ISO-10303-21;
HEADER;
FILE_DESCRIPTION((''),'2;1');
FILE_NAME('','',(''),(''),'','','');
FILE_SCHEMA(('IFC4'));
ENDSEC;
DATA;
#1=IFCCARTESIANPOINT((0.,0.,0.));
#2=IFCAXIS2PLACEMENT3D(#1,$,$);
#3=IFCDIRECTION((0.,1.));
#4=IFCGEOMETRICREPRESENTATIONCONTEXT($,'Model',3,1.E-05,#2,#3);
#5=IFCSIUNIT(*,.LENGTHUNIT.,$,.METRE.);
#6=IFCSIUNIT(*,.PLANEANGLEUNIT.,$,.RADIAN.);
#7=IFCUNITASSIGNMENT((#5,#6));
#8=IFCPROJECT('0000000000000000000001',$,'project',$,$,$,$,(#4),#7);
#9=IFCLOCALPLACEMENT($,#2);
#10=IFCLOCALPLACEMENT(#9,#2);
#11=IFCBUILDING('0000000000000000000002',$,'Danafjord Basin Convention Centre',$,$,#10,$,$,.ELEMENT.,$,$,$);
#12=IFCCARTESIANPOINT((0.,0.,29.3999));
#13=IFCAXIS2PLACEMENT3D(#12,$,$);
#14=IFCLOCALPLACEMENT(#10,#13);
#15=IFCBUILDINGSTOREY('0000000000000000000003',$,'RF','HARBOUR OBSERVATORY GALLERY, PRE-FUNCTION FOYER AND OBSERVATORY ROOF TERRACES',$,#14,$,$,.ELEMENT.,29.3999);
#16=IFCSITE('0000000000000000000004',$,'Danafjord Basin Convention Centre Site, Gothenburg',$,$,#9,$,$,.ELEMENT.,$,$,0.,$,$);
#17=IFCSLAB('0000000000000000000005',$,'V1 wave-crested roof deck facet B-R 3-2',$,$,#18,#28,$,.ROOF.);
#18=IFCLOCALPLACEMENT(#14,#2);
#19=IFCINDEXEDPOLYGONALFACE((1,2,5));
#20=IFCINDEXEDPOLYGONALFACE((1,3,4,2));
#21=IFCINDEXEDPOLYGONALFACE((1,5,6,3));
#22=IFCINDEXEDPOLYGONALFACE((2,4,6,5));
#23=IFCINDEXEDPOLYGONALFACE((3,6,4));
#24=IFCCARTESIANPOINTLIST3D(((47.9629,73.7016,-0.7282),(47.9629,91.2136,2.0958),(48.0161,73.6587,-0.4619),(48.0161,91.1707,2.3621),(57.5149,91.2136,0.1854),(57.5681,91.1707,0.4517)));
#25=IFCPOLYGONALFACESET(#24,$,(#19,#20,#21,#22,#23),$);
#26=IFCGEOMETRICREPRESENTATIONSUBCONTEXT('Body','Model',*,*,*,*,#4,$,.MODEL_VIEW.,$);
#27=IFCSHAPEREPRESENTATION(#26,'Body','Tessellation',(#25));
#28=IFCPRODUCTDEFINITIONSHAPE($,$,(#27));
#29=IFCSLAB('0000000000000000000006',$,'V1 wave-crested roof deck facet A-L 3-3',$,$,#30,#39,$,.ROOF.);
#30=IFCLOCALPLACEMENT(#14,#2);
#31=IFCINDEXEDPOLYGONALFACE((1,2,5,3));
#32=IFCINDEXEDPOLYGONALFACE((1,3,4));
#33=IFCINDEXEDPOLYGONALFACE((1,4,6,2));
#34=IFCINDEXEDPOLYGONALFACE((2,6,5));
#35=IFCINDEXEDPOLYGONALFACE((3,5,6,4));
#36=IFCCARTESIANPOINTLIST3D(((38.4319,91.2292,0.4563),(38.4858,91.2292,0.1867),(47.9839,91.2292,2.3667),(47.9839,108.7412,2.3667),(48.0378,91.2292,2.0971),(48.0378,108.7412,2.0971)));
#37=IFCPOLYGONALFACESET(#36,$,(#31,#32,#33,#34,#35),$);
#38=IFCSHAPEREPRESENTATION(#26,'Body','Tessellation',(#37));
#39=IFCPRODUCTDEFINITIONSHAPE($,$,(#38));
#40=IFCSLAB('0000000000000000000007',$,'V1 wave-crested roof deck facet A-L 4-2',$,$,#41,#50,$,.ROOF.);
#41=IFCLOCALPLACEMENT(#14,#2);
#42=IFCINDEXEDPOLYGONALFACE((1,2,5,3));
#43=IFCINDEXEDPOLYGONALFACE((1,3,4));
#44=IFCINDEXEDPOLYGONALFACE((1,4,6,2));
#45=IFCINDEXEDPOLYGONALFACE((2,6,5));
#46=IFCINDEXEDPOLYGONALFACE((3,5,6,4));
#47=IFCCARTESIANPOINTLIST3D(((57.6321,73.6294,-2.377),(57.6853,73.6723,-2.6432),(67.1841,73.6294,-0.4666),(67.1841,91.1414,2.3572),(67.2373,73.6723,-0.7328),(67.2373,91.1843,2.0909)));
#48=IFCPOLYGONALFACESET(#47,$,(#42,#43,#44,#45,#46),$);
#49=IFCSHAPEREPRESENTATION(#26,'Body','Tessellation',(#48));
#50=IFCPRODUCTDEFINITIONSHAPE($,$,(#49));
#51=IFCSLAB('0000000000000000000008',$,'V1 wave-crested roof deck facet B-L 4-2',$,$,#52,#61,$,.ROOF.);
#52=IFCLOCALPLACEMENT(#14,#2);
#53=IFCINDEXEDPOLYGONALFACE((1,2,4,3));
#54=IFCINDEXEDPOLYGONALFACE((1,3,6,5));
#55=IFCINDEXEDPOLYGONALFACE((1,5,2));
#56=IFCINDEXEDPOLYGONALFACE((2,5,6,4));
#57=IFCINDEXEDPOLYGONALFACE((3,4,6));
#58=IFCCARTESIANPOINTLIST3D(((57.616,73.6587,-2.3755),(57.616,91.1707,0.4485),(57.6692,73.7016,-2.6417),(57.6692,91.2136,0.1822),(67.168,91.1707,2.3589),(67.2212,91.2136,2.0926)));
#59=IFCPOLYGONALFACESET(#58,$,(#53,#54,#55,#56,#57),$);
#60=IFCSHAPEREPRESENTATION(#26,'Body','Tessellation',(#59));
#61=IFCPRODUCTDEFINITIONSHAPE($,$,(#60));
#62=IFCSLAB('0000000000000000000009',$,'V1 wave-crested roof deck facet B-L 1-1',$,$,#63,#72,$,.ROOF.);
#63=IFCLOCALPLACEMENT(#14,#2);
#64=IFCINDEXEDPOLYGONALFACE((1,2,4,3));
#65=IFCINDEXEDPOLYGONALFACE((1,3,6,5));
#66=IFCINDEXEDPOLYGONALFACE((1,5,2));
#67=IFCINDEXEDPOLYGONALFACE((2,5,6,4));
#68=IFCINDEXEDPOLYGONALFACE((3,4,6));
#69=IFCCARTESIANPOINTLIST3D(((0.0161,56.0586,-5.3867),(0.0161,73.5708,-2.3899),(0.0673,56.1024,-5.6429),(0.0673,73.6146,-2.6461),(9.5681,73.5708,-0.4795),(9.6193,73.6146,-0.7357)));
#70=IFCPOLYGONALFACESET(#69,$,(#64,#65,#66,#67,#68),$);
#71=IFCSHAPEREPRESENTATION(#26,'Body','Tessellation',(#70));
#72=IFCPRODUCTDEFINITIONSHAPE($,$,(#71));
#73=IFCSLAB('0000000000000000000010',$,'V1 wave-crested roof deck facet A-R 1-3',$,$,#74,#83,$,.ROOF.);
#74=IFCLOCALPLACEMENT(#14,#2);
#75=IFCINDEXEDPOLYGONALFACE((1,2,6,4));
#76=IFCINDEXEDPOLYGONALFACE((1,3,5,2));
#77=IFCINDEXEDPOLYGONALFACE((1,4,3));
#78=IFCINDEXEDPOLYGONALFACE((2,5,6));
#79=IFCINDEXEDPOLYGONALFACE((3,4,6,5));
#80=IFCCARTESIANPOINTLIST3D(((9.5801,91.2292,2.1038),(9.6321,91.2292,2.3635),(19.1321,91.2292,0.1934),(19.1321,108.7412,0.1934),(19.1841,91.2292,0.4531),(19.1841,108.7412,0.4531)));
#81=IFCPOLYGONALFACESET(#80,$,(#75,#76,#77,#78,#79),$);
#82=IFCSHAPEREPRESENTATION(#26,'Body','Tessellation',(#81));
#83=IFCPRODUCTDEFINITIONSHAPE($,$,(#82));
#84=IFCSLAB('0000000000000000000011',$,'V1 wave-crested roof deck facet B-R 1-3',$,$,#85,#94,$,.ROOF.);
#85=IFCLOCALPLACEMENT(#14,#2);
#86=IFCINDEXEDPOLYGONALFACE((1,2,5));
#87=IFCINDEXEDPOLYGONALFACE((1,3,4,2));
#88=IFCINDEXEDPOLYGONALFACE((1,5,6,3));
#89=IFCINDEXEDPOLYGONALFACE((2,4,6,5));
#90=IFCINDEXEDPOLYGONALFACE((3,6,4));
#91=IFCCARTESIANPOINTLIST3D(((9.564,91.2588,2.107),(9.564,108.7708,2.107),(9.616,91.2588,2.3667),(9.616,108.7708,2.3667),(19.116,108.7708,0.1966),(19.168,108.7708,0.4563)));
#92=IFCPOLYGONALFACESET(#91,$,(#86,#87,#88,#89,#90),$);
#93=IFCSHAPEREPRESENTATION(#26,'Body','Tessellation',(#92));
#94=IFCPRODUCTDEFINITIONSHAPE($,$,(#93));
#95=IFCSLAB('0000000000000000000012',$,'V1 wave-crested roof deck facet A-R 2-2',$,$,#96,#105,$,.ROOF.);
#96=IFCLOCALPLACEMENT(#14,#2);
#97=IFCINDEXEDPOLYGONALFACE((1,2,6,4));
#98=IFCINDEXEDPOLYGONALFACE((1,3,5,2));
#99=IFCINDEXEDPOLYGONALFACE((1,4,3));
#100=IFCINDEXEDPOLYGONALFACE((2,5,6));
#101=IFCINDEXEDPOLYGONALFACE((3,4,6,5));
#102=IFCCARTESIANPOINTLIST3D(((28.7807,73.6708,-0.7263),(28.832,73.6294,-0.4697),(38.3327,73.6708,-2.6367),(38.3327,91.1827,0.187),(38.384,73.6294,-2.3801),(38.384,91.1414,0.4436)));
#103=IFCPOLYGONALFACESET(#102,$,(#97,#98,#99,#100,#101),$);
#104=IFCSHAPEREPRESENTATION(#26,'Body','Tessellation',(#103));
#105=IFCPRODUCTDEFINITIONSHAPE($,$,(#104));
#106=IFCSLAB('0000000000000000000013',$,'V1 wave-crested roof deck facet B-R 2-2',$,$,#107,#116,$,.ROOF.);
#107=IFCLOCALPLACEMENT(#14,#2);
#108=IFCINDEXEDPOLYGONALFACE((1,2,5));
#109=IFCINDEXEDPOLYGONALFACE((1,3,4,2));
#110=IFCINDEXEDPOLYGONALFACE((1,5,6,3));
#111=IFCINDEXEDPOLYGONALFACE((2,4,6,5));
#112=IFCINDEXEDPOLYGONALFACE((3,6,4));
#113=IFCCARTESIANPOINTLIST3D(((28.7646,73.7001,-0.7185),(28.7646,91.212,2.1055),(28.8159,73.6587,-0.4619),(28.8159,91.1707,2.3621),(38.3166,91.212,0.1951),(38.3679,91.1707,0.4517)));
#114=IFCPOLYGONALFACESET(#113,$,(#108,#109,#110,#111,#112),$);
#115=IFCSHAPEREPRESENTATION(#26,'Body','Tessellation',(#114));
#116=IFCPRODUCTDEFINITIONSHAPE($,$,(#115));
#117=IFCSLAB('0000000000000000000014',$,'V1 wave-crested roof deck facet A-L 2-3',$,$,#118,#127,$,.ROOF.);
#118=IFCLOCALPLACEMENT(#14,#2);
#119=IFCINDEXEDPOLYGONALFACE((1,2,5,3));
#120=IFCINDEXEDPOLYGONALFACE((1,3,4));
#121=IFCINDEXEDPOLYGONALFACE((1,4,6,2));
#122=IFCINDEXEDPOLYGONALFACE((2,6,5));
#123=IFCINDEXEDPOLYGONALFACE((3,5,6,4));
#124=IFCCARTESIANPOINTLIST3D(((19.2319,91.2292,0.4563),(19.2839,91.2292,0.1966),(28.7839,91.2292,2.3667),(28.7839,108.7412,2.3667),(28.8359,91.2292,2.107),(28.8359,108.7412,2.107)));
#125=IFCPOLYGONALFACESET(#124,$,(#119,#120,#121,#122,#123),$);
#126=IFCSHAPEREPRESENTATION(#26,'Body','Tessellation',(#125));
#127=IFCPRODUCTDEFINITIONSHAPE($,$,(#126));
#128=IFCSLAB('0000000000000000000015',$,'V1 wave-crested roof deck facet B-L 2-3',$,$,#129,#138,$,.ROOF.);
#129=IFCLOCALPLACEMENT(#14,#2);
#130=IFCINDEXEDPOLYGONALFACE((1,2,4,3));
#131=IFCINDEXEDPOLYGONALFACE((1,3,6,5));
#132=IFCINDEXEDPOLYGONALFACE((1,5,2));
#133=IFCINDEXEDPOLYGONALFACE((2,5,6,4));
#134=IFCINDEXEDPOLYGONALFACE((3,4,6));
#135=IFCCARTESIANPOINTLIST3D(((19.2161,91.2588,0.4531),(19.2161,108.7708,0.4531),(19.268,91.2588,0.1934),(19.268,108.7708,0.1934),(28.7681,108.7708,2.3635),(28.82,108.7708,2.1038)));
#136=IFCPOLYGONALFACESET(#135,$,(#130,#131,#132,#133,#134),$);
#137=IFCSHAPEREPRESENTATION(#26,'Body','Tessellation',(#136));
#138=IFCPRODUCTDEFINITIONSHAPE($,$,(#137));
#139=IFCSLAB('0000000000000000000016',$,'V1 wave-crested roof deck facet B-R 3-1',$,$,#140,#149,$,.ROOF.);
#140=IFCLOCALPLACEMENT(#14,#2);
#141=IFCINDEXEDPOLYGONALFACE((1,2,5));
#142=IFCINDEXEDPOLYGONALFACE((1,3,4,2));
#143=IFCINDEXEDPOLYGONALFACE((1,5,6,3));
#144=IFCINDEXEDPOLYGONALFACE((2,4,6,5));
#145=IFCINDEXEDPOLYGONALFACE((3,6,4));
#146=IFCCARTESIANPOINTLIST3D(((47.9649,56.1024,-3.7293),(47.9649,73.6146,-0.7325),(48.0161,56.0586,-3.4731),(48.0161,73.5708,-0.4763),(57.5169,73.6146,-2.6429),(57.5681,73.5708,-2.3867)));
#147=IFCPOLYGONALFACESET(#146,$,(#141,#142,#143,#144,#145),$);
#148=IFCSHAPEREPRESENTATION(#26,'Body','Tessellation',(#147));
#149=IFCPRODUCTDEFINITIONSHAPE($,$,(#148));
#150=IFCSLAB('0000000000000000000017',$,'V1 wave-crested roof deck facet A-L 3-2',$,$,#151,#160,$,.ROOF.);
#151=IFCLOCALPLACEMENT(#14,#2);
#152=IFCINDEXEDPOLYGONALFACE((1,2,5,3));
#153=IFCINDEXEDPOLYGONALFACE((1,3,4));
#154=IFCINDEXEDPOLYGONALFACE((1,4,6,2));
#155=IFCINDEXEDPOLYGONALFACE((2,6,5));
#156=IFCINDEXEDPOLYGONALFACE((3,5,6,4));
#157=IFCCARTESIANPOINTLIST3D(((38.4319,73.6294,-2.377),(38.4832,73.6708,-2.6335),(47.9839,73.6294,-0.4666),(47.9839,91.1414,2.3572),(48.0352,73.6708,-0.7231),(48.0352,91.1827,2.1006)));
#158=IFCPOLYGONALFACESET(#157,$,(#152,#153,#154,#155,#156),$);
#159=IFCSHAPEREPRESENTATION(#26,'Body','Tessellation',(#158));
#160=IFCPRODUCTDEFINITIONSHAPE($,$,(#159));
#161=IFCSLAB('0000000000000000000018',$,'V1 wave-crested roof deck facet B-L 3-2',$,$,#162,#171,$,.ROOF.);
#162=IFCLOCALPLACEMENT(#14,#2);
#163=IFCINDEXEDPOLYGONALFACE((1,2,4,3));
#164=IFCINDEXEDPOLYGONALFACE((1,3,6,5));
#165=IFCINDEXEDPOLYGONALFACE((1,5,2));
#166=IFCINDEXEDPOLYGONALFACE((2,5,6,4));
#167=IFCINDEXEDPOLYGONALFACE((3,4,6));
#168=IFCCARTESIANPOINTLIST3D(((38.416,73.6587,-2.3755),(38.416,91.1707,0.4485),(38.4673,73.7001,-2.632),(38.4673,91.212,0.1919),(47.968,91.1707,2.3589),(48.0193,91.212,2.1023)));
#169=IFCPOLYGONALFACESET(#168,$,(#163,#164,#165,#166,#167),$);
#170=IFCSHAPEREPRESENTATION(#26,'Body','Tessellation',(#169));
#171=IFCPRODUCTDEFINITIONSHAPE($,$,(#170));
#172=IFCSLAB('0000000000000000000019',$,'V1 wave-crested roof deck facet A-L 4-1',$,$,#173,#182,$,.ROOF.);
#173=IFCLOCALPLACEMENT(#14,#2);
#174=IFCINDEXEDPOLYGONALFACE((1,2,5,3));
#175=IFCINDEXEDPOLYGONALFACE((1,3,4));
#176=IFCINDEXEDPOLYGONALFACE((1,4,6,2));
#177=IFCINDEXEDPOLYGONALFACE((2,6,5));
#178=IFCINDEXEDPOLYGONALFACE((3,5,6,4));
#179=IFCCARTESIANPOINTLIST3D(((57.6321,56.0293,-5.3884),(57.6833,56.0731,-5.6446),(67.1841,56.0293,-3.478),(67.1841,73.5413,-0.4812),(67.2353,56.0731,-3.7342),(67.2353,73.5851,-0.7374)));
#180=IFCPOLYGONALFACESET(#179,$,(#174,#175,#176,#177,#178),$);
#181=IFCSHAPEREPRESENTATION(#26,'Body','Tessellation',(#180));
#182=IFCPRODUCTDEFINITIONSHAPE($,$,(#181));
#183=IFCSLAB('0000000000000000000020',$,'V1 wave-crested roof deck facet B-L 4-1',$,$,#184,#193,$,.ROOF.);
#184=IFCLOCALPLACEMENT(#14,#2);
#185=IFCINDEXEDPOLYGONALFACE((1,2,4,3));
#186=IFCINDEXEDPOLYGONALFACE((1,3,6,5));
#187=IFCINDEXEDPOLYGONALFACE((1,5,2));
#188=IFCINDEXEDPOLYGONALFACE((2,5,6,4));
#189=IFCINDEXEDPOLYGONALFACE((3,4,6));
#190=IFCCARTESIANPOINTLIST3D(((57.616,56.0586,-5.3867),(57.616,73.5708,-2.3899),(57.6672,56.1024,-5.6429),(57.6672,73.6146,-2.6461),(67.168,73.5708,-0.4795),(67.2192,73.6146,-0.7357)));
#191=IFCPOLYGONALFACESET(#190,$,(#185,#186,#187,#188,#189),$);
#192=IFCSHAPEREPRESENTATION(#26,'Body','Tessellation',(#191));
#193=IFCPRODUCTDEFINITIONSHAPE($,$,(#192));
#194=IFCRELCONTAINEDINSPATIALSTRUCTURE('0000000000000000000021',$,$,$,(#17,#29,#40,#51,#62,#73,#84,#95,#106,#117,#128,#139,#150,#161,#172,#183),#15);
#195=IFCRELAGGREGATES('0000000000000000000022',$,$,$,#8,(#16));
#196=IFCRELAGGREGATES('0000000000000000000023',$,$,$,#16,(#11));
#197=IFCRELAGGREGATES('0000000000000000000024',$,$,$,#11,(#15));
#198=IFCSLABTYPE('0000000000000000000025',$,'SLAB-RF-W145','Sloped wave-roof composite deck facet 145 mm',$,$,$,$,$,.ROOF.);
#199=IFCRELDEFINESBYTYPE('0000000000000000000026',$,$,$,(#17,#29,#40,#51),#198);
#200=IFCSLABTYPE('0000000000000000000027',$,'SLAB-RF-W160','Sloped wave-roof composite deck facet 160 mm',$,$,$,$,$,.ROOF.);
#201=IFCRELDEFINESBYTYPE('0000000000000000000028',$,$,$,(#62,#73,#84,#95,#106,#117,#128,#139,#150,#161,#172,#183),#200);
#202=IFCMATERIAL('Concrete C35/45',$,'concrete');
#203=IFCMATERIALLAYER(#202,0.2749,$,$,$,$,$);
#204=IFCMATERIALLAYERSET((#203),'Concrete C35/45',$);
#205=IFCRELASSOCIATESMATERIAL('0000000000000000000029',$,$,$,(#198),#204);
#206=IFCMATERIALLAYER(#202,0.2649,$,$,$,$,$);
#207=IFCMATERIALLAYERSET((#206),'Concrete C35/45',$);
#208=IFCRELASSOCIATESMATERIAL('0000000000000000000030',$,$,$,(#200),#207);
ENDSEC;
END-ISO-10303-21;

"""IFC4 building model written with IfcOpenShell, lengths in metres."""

from ifc_helpers import new_model, si_unit, direction, frame, origin, place, context, subcontext, project, spatial, polyline, outline, extrude, material, layer, layer_set, type_object, element, save


model = new_model("IFC4")

# Units and contexts
model_context = context("Model", 3, precision=1e-05, world=origin(), true_north=direction((0.0, 1.0)))
body_context = subcontext(model_context, "Body", "Model", "MODEL_VIEW")
ifc_project = project(units=[si_unit("LENGTHUNIT", "METRE"), si_unit("PLANEANGLEUNIT", "RADIAN")], contexts=[model_context])

# Site, building, storey
site_placement = place(None, origin())
site = spatial("IfcSite", under=ifc_project, at=site_placement, Name="Danafjord Basin Convention Centre Site, Gothenburg", CompositionType="ELEMENT", RefElevation=0.0)
building_placement = place(site_placement, origin())
building = spatial("IfcBuilding", under=site, at=building_placement, Name="Danafjord Basin Convention Centre", CompositionType="ELEMENT")
storey_placement = place(building_placement, frame((0.0, 0.0, 29.3999)))
storey = spatial("IfcBuildingStorey", under=building, at=storey_placement, Name="RF", Description="HARBOUR OBSERVATORY GALLERY, PRE-FUNCTION FOYER AND OBSERVATORY ROOF TERRACES", CompositionType="ELEMENT", Elevation=29.3999)

# Slabs
ifc_material_1 = material(Name="Concrete C35/45", Category="concrete")
ifc_layer_1 = layer(ifc_material_1, 0.2749)
ifc_layer_set_1 = layer_set([ifc_layer_1], Name="Concrete C35/45")
slab_type_1 = type_object("IfcSlabType", Name="SLAB-RF-W145", Description="Sloped wave-roof composite deck facet 145 mm", PredefinedType="ROOF", material=ifc_layer_set_1)
slab_1_placement = place(storey_placement, frame((48.0161, 73.6587, -0.4619), z_axis=(0.193709, -0.156188, 0.968546), x_axis=(0.478352, 0.876976, 0.045751)))
element("IfcSlab", 1, at=slab_1_placement, inside=storey, type_object=slab_type_1, Name="V1 wave-crested roof deck facet B-R 3-2", PredefinedType="ROOF", context=body_context, shape_type="SweptSolid", body=[
    extrude(outline(polyline([(0.0, 0.0), (19.9686, 0.0), (15.4868, 8.6489), (0.0, 0.0)])), origin(), (0.0, 0.0, -1.0), 0.2749),
])
slab_2_placement = place(storey_placement, frame((38.4319, 91.2292, 0.4563), z_axis=(-0.196116, 0.0, 0.980581), x_axis=(0.980581, 0.0, 0.196116)))
element("IfcSlab", 2, at=slab_2_placement, inside=storey, type_object=slab_type_1, Name="V1 wave-crested roof deck facet A-L 3-3", PredefinedType="ROOF", context=body_context, shape_type="SweptSolid", body=[
    extrude(outline(polyline([(0.0, 0.0), (9.7412, 0.0), (9.7412, 17.512), (0.0, 0.0)])), origin(), (0.0, 0.0, -1.0), 0.2749),
])
slab_3_placement = place(storey_placement, frame((57.6321, 73.6294, -2.377), z_axis=(-0.19371, -0.156174, 0.968548), x_axis=(0.980581, 0.0, 0.196116)))
element("IfcSlab", 3, at=slab_3_placement, inside=storey, type_object=slab_type_1, Name="V1 wave-crested roof deck facet A-L 4-2", PredefinedType="ROOF", context=body_context, shape_type="SweptSolid", body=[
    extrude(outline(polyline([(0.0, 0.0), (9.7412, 0.0), (10.2949, 17.7295), (0.0, 0.0)])), origin(), (0.0, 0.0, -1.0), 0.2749),
])
slab_4_placement = place(storey_placement, frame((57.616, 73.6587, -2.3755), z_axis=(-0.193709, -0.156188, 0.968546), x_axis=(0.46591, 0.854167, 0.230925)))
element("IfcSlab", 4, at=slab_4_placement, inside=storey, type_object=slab_type_1, Name="V1 wave-crested roof deck facet B-L 4-2", PredefinedType="ROOF", context=body_context, shape_type="SweptSolid", body=[
    extrude(outline(polyline([(0.0, 0.0), (20.5018, 0.0), (15.6103, 8.424), (0.0, 0.0)])), origin(), (0.0, 0.0, -1.0), 0.2749),
])
ifc_layer_2 = layer(ifc_material_1, 0.2649)
ifc_layer_set_2 = layer_set([ifc_layer_2], Name="Concrete C35/45")
slab_type_2 = type_object("IfcSlabType", Name="SLAB-RF-W160", Description="Sloped wave-roof composite deck facet 160 mm", PredefinedType="ROOF", material=ifc_layer_set_2)
slab_5_placement = place(storey_placement, frame((0.0161, 56.0586, -5.3867), z_axis=(-0.193412, -0.165491, 0.96706), x_axis=(0.464985, 0.852482, 0.23888)))
element("IfcSlab", 5, at=slab_5_placement, inside=storey, type_object=slab_type_2, Name="V1 wave-crested roof deck facet B-L 1-1", PredefinedType="ROOF", context=body_context, shape_type="SweptSolid", body=[
    extrude(outline(polyline([(0.0, 0.0), (20.5426, 0.0), (15.6447, 8.4203), (0.0, 0.0)])), origin(), (0.0, 0.0, -1.0), 0.2649),
])
slab_6_placement = place(storey_placement, frame((9.6321, 91.2292, 2.3635), z_axis=(0.196116, 0.0, 0.980581), x_axis=(0.980581, 0.0, -0.196116)))
element("IfcSlab", 6, at=slab_6_placement, inside=storey, type_object=slab_type_2, Name="V1 wave-crested roof deck facet A-R 1-3", PredefinedType="ROOF", context=body_context, shape_type="SweptSolid", body=[
    extrude(outline(polyline([(0.0, 0.0), (9.7412, 0.0), (9.7412, 17.512), (0.0, 0.0)])), origin(), (0.0, 0.0, -1.0), 0.2649),
])
slab_7_placement = place(storey_placement, frame((9.616, 91.2588, 2.3667), z_axis=(0.196116, 0.0, 0.980581), x_axis=(0.476672, 0.873897, -0.095334)))
element("IfcSlab", 7, at=slab_7_placement, inside=storey, type_object=slab_type_2, Name="V1 wave-crested roof deck facet B-R 1-3", PredefinedType="ROOF", context=body_context, shape_type="SweptSolid", body=[
    extrude(outline(polyline([(0.0, 0.0), (20.0389, 0.0), (15.3036, 8.5128), (0.0, 0.0)])), origin(), (0.0, 0.0, -1.0), 0.2649),
])
slab_8_placement = place(storey_placement, frame((28.832, 73.6294, -0.4697), z_axis=(0.19371, -0.156174, 0.968548), x_axis=(0.980581, 0.0, -0.196116)))
element("IfcSlab", 8, at=slab_8_placement, inside=storey, type_object=slab_type_2, Name="V1 wave-crested roof deck facet A-R 2-2", PredefinedType="ROOF", context=body_context, shape_type="SweptSolid", body=[
    extrude(outline(polyline([(0.0, 0.0), (9.7412, 0.0), (9.1874, 17.7295), (0.0, 0.0)])), origin(), (0.0, 0.0, -1.0), 0.2649),
])
slab_9_placement = place(storey_placement, frame((28.8159, 73.6587, -0.4619), z_axis=(0.193709, -0.156188, 0.968546), x_axis=(0.478352, 0.876976, 0.045751)))
element("IfcSlab", 9, at=slab_9_placement, inside=storey, type_object=slab_type_2, Name="V1 wave-crested roof deck facet B-R 2-2", PredefinedType="ROOF", context=body_context, shape_type="SweptSolid", body=[
    extrude(outline(polyline([(0.0, 0.0), (19.9686, 0.0), (15.4868, 8.6489), (0.0, 0.0)])), origin(), (0.0, 0.0, -1.0), 0.2649),
])
slab_10_placement = place(storey_placement, frame((19.2319, 91.2292, 0.4563), z_axis=(-0.196116, 0.0, 0.980581), x_axis=(0.980581, 0.0, 0.196116)))
element("IfcSlab", 10, at=slab_10_placement, inside=storey, type_object=slab_type_2, Name="V1 wave-crested roof deck facet A-L 2-3", PredefinedType="ROOF", context=body_context, shape_type="SweptSolid", body=[
    extrude(outline(polyline([(0.0, 0.0), (9.7412, 0.0), (9.7412, 17.512), (0.0, 0.0)])), origin(), (0.0, 0.0, -1.0), 0.2649),
])
slab_11_placement = place(storey_placement, frame((19.2161, 91.2588, 0.4531), z_axis=(-0.196116, 0.0, 0.980581), x_axis=(0.476672, 0.873897, 0.095334)))
element("IfcSlab", 11, at=slab_11_placement, inside=storey, type_object=slab_type_2, Name="V1 wave-crested roof deck facet B-L 2-3", PredefinedType="ROOF", context=body_context, shape_type="SweptSolid", body=[
    extrude(outline(polyline([(0.0, 0.0), (20.0389, 0.0), (15.3036, 8.5128), (0.0, 0.0)])), origin(), (0.0, 0.0, -1.0), 0.2649),
])
slab_12_placement = place(storey_placement, frame((48.0161, 56.0586, -3.4731), z_axis=(0.193412, -0.165491, 0.96706), x_axis=(0.478139, 0.876599, 0.054383)))
element("IfcSlab", 12, at=slab_12_placement, inside=storey, type_object=slab_type_2, Name="V1 wave-crested roof deck facet B-R 3-1", PredefinedType="ROOF", context=body_context, shape_type="SweptSolid", body=[
    extrude(outline(polyline([(0.0, 0.0), (19.9774, 0.0), (15.5142, 8.6585), (0.0, 0.0)])), origin(), (0.0, 0.0, -1.0), 0.2649),
])
slab_13_placement = place(storey_placement, frame((38.4319, 73.6294, -2.377), z_axis=(-0.19371, -0.156174, 0.968548), x_axis=(0.980581, 0.0, 0.196116)))
element("IfcSlab", 13, at=slab_13_placement, inside=storey, type_object=slab_type_2, Name="V1 wave-crested roof deck facet A-L 3-2", PredefinedType="ROOF", context=body_context, shape_type="SweptSolid", body=[
    extrude(outline(polyline([(0.0, 0.0), (9.7412, 0.0), (10.2949, 17.7295), (0.0, 0.0)])), origin(), (0.0, 0.0, -1.0), 0.2649),
])
slab_14_placement = place(storey_placement, frame((38.416, 73.6587, -2.3755), z_axis=(-0.193709, -0.156188, 0.968546), x_axis=(0.46591, 0.854167, 0.230925)))
element("IfcSlab", 14, at=slab_14_placement, inside=storey, type_object=slab_type_2, Name="V1 wave-crested roof deck facet B-L 3-2", PredefinedType="ROOF", context=body_context, shape_type="SweptSolid", body=[
    extrude(outline(polyline([(0.0, 0.0), (20.5018, 0.0), (15.6103, 8.424), (0.0, 0.0)])), origin(), (0.0, 0.0, -1.0), 0.2649),
])
slab_15_placement = place(storey_placement, frame((57.6321, 56.0293, -5.3884), z_axis=(-0.193412, -0.165493, 0.967059), x_axis=(0.980581, 0.0, 0.196116)))
element("IfcSlab", 15, at=slab_15_placement, inside=storey, type_object=slab_type_2, Name="V1 wave-crested roof deck facet A-L 4-1", PredefinedType="ROOF", context=body_context, shape_type="SweptSolid", body=[
    extrude(outline(polyline([(0.0, 0.0), (9.7412, 0.0), (10.3289, 17.7568), (0.0, 0.0)])), origin(), (0.0, 0.0, -1.0), 0.2649),
])
slab_16_placement = place(storey_placement, frame((57.616, 56.0586, -5.3867), z_axis=(-0.193412, -0.165491, 0.96706), x_axis=(0.464985, 0.852482, 0.23888)))
element("IfcSlab", 16, at=slab_16_placement, inside=storey, type_object=slab_type_2, Name="V1 wave-crested roof deck facet B-L 4-1", PredefinedType="ROOF", context=body_context, shape_type="SweptSolid", body=[
    extrude(outline(polyline([(0.0, 0.0), (20.5426, 0.0), (15.6447, 8.4203), (0.0, 0.0)])), origin(), (0.0, 0.0, -1.0), 0.2649),
])

save(model, "model.ifc")
